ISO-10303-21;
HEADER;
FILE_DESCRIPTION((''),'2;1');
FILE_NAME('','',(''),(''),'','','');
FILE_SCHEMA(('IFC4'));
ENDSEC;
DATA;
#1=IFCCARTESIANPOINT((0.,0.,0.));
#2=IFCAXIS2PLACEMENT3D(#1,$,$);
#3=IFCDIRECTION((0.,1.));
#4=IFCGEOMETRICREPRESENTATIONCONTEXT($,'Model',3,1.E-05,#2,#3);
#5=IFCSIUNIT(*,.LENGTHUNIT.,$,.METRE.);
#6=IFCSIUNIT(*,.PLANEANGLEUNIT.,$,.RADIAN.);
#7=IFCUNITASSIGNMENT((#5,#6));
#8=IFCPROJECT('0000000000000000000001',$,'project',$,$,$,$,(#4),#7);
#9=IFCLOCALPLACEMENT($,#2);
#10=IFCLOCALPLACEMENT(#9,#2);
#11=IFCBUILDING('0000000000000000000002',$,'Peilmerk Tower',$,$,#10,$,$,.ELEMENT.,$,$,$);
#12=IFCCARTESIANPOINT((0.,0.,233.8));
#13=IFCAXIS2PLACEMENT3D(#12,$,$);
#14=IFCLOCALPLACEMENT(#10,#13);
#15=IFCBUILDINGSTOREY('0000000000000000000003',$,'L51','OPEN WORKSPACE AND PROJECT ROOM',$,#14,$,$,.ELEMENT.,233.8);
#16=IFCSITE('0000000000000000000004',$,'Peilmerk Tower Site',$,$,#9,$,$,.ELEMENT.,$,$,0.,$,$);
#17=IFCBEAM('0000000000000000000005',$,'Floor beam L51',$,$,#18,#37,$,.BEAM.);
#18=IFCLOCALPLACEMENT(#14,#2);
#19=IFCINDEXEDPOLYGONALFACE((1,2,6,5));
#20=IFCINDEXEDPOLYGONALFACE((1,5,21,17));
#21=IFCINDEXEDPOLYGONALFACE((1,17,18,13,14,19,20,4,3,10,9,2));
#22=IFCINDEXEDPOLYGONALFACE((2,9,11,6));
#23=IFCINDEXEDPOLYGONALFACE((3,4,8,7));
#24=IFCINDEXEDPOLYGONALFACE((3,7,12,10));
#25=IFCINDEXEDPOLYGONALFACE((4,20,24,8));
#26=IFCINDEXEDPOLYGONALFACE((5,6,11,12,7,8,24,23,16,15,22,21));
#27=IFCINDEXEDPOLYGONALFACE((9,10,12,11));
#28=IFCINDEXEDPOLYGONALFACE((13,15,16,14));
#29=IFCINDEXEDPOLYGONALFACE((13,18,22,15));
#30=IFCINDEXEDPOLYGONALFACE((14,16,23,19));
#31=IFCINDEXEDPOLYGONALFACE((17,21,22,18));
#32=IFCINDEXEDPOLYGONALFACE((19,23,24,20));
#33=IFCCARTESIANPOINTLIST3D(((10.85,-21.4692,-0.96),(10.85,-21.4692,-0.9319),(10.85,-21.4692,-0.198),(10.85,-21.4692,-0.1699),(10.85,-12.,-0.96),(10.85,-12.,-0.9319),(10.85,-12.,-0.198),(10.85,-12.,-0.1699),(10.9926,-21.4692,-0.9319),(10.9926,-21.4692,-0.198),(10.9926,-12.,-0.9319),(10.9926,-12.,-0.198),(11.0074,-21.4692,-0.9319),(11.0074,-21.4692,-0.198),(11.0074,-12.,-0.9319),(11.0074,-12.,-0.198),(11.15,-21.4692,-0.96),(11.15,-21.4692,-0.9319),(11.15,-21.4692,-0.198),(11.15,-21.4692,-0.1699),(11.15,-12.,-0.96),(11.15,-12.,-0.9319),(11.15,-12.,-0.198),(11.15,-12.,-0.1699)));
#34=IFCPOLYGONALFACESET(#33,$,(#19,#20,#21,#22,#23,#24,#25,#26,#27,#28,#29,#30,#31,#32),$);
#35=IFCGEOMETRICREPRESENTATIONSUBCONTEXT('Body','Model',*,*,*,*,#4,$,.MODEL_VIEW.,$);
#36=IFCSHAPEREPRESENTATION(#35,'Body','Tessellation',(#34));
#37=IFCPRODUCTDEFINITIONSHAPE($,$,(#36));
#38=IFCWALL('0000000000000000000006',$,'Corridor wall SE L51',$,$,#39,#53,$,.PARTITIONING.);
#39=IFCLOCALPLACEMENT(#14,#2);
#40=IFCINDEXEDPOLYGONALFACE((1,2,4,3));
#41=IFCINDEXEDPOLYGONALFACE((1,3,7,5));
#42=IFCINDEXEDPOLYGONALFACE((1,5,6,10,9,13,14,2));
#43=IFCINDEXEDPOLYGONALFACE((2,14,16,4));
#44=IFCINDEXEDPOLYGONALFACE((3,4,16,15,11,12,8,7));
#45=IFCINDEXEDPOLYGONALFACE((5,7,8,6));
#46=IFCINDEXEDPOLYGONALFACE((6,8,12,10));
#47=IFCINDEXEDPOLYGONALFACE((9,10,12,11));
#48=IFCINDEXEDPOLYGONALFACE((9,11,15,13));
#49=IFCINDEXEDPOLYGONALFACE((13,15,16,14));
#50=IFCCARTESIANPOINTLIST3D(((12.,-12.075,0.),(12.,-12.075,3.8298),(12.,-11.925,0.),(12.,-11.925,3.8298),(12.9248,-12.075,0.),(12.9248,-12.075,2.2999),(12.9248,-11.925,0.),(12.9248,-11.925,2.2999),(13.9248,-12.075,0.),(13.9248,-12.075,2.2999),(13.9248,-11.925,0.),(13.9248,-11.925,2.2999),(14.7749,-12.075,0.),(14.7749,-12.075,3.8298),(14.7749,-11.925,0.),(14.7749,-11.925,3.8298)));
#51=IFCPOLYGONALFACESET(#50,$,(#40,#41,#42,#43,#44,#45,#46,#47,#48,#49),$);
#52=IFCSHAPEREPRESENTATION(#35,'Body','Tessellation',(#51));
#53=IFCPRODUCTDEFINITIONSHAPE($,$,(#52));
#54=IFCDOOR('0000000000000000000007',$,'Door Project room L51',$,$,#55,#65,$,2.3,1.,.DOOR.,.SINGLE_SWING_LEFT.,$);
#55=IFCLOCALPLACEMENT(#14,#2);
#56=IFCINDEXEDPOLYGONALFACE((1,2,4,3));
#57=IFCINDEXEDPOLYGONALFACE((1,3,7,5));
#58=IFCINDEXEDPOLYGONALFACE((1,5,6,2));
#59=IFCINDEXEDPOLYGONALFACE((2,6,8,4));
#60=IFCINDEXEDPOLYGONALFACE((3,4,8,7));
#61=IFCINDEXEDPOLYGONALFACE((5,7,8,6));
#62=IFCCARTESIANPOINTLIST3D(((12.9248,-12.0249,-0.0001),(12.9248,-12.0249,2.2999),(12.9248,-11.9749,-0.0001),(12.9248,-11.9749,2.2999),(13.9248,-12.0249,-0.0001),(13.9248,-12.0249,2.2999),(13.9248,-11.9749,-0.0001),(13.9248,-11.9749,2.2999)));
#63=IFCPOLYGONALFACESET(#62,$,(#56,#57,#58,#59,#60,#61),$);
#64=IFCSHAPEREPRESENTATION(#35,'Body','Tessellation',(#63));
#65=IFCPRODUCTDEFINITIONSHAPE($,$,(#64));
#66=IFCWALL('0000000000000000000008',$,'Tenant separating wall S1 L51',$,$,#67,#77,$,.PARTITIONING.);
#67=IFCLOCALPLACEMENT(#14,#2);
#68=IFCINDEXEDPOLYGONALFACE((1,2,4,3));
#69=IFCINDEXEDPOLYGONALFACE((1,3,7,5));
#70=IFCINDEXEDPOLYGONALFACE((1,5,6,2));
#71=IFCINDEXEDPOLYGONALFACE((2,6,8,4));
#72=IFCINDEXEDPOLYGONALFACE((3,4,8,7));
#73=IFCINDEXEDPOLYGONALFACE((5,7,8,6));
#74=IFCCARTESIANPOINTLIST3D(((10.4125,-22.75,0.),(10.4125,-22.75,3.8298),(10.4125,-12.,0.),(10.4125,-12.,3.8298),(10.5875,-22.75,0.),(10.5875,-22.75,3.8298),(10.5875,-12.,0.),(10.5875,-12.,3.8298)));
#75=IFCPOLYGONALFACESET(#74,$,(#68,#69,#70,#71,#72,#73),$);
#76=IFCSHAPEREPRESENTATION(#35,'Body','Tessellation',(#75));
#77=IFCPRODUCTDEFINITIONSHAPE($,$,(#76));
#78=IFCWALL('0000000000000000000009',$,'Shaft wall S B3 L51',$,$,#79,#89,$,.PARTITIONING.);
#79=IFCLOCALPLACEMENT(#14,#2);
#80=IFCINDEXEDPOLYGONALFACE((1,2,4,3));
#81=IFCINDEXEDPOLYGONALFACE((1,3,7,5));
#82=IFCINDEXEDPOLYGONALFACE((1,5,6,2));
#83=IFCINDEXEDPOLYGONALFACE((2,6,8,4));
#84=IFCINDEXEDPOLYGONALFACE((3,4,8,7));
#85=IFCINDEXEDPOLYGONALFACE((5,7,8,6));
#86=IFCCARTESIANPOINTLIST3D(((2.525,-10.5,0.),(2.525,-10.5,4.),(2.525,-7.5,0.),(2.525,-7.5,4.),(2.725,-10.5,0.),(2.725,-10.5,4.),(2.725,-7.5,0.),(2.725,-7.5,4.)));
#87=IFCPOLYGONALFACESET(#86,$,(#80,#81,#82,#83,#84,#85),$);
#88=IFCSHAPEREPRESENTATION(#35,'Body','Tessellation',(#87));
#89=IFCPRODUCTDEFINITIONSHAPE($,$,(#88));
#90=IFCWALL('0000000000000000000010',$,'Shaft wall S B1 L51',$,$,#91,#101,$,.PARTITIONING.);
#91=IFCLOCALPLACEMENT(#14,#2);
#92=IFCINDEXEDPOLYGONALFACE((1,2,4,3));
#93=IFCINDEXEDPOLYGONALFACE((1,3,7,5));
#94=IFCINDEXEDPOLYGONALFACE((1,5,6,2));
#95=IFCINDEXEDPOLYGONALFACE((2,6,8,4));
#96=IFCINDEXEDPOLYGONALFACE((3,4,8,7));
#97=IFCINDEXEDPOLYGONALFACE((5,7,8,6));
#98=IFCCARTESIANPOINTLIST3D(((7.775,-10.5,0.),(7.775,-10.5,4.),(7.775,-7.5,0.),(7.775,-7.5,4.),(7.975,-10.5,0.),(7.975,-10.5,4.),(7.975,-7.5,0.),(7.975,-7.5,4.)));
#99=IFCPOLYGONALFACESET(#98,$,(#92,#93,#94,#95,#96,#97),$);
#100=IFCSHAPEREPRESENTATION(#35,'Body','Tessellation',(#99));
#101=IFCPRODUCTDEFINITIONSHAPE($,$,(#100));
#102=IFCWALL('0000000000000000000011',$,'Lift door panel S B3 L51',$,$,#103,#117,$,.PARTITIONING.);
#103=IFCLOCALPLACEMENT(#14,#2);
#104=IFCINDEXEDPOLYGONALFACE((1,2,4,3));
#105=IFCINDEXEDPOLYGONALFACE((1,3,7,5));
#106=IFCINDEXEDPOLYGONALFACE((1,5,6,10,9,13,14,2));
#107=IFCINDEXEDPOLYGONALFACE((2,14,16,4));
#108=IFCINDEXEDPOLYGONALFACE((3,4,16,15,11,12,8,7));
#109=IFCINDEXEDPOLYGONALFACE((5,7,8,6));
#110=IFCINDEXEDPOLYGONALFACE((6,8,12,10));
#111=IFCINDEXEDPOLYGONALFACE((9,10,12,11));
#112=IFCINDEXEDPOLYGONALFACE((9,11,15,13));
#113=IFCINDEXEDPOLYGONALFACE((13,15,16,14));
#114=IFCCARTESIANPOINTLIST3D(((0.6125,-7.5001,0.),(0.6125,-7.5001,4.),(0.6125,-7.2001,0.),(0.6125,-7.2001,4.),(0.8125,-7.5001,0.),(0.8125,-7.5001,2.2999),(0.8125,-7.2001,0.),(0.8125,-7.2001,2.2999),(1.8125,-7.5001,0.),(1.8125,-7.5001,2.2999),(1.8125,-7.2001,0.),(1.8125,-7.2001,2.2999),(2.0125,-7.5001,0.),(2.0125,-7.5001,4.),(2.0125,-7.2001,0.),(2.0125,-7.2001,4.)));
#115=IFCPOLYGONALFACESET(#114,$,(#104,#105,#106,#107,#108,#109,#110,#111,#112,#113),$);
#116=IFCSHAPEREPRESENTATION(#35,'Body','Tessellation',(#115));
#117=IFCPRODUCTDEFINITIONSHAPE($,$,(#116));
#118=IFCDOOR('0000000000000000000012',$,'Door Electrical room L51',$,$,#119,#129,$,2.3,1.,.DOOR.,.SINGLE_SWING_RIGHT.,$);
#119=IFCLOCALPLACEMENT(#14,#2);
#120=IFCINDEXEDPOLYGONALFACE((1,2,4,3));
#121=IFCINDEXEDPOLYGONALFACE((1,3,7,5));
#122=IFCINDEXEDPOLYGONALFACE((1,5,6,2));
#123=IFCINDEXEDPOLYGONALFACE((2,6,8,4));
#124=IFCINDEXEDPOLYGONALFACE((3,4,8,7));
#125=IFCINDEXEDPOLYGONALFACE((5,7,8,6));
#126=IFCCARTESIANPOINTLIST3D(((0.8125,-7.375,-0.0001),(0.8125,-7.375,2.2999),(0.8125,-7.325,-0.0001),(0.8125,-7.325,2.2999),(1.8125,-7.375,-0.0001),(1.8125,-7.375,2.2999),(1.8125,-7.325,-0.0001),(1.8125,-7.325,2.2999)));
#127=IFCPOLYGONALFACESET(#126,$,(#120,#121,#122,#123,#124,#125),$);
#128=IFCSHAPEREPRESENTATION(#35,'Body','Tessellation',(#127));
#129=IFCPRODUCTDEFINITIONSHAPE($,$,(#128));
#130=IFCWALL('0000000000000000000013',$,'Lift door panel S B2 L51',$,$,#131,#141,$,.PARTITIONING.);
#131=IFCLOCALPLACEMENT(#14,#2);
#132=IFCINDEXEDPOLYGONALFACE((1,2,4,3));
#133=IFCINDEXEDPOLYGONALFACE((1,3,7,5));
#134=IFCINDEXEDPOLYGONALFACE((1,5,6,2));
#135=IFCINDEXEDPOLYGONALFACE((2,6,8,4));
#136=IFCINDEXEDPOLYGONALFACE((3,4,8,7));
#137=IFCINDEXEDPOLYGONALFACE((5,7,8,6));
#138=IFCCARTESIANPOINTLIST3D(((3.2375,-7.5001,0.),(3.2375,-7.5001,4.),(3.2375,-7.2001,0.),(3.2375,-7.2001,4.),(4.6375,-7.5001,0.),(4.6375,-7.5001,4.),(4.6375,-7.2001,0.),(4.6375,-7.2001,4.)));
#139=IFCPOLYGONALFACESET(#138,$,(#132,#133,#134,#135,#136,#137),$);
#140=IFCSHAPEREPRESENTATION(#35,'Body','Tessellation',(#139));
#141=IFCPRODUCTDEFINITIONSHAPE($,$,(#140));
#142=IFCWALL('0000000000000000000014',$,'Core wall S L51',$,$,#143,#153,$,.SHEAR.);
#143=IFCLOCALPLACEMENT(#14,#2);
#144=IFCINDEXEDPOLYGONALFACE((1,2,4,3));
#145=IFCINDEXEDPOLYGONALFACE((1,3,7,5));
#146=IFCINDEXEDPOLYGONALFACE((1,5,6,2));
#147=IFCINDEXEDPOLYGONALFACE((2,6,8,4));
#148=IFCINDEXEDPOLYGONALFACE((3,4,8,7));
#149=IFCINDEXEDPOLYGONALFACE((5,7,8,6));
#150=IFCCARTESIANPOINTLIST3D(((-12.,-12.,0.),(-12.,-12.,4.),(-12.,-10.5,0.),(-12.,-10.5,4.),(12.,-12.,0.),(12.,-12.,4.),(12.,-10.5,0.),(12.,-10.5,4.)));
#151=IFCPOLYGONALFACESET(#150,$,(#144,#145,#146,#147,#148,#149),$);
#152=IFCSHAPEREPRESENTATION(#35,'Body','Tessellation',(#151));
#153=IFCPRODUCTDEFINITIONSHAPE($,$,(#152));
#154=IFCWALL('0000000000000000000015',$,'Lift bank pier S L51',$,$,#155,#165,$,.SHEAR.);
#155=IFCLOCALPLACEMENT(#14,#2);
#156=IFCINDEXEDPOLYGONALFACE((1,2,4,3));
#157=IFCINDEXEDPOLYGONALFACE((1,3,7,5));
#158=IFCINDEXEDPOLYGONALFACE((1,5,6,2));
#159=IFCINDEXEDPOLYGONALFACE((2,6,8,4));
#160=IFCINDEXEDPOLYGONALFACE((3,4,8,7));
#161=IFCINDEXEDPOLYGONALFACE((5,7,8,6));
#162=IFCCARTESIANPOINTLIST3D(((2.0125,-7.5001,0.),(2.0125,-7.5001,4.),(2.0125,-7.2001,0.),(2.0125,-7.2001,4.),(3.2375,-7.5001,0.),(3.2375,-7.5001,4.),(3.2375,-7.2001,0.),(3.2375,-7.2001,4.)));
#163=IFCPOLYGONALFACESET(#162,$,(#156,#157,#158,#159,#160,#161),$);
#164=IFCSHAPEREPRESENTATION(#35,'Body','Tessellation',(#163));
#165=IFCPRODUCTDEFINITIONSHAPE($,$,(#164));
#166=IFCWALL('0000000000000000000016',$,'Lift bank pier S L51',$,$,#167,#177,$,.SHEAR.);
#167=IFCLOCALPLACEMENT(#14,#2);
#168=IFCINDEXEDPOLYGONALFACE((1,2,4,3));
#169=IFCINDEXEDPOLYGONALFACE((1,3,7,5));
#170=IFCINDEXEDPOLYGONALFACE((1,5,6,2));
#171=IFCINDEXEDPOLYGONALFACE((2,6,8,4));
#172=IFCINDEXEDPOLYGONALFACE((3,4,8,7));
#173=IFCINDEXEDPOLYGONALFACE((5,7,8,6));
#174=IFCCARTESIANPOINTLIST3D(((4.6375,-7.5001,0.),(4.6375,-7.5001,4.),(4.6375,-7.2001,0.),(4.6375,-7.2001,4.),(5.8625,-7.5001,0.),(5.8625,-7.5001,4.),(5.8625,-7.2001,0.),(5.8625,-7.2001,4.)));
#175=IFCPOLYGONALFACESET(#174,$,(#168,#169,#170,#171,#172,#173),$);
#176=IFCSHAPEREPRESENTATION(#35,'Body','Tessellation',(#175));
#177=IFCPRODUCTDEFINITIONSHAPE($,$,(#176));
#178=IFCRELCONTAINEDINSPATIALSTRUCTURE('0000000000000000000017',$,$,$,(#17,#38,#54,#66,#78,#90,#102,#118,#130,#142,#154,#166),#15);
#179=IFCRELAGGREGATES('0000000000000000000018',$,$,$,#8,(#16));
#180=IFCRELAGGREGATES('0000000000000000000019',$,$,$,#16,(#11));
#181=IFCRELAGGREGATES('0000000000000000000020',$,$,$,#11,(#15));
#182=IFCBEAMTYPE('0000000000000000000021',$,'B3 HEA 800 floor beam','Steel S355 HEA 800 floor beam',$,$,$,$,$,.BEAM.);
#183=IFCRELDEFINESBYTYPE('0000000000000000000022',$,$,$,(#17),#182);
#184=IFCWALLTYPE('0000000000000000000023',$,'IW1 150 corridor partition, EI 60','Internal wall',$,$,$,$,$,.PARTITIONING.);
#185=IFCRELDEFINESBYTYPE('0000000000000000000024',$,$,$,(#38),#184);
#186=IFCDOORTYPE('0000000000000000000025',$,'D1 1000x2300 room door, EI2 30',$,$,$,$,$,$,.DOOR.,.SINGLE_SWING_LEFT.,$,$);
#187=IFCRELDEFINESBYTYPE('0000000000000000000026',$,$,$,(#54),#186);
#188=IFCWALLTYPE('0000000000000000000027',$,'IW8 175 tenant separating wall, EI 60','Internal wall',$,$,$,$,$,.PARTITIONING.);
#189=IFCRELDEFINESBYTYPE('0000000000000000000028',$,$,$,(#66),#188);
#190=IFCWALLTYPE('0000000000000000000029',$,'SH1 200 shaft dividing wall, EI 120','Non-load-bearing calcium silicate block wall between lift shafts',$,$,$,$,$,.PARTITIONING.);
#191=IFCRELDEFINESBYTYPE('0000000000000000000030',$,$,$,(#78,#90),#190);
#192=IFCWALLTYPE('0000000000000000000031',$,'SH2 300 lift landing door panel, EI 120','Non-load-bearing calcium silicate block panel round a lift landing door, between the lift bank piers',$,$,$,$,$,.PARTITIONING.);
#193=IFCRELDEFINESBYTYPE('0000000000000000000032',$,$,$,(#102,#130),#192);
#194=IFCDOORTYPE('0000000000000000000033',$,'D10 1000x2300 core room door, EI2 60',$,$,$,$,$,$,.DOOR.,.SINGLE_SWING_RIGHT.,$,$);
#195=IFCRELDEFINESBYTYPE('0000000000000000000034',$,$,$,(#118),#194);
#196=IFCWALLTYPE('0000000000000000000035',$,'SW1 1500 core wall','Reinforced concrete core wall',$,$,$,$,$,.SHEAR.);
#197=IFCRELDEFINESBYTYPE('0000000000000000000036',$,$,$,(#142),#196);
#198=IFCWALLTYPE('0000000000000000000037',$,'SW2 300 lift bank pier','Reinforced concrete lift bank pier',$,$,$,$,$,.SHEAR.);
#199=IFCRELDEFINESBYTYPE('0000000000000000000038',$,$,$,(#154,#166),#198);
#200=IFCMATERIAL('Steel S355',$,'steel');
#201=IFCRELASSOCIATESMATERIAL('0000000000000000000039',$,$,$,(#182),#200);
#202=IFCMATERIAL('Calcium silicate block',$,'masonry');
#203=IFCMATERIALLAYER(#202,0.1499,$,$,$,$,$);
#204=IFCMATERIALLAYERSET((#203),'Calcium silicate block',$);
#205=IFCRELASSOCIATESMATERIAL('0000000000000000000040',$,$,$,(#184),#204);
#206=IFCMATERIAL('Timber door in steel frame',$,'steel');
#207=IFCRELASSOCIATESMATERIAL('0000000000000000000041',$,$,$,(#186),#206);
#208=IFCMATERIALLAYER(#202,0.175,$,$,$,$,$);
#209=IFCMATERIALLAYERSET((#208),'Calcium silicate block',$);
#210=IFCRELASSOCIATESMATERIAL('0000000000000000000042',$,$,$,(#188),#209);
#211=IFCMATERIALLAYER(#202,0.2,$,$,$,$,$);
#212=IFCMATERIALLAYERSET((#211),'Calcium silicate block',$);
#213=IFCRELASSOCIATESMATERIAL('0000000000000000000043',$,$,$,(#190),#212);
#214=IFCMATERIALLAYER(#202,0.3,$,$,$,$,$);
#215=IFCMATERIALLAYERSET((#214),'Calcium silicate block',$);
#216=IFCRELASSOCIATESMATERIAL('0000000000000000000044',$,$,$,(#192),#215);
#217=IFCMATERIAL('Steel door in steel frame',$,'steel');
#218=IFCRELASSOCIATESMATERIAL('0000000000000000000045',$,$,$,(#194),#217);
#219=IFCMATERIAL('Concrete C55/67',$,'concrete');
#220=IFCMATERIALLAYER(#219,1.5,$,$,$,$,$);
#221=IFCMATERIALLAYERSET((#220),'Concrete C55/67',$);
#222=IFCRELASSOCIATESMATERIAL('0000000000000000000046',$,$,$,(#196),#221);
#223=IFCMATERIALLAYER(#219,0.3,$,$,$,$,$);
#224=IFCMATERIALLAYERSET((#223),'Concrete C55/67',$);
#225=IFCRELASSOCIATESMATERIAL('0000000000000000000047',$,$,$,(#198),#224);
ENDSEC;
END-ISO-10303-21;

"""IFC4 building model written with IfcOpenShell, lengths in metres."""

from ifc_helpers import new_model, si_unit, direction, frame, frame_2d, origin, origin_2d, place, context, subcontext, project, spatial, rectangle, i_section, extrude, material, layer, layer_set, material_profile, profile_set, type_object, element, fill, save


model = new_model("IFC4")

# Units and contexts
model_context = context("Model", 3, precision=1e-05, world=origin(), true_north=direction((0.0, 1.0)))
body_context = subcontext(model_context, "Body", "Model", "MODEL_VIEW")
ifc_project = project(units=[si_unit("LENGTHUNIT", "METRE"), si_unit("PLANEANGLEUNIT", "RADIAN")], contexts=[model_context])

# Site, building, storey
site_placement = place(None, origin())
site = spatial("IfcSite", under=ifc_project, at=site_placement, Name="Peilmerk Tower Site", CompositionType="ELEMENT", RefElevation=0.0)
building_placement = place(site_placement, origin())
building = spatial("IfcBuilding", under=site, at=building_placement, Name="Peilmerk Tower", CompositionType="ELEMENT")
storey_placement = place(building_placement, frame((0.0, 0.0, 233.8)))
storey = spatial("IfcBuildingStorey", under=building, at=storey_placement, Name="L51", Description="OPEN WORKSPACE AND PROJECT ROOM", CompositionType="ELEMENT", Elevation=233.8)

# Beam
ifc_material_1 = material(Name="Steel S355", Category="steel")
ifc_material_profile_1 = material_profile(ifc_material_1, i_section(OverallWidth=0.3, OverallDepth=0.79, WebThickness=0.0149, FlangeThickness=0.0281, at=origin_2d()), Name="HEA 800")
ifc_profile_set_1 = profile_set([ifc_material_profile_1], Name="Steel S355")
beam_type_1 = type_object("IfcBeamType", Name="B3 HEA 800 floor beam", Description="Steel S355 HEA 800 floor beam", PredefinedType="BEAM", material=ifc_profile_set_1)
for number, where, z_axis, x_axis, name in (
    (1, (11.0, -12.0, -0.5649), (0.0, -1.0, 0.0), (1.0, 0.0, 0.0), "Floor beam L51"),
):
    element("IfcBeam", number, at=place(storey_placement, frame(where, z_axis=z_axis, x_axis=x_axis)), inside=storey, type_object=beam_type_1, Name=name, PredefinedType="BEAM", context=body_context, shape_type="SweptSolid", body=[
        extrude(i_section(OverallWidth=0.3, OverallDepth=0.79, WebThickness=0.0149, FlangeThickness=0.0281, at=origin_2d()), origin(), (0.0, 0.0, 1.0), 9.4692),
    ])

# Wall, opening, door
ifc_material_2 = material(Name="Calcium silicate block", Category="masonry")
ifc_layer_1 = layer(ifc_material_2, 0.1499)
ifc_layer_set_1 = layer_set([ifc_layer_1], Name="Calcium silicate block")
wall_type_1 = type_object("IfcWallType", Name="IW1 150 corridor partition, EI 60", Description="Internal wall", PredefinedType="PARTITIONING", material=ifc_layer_set_1)
wall_1_placement = place(storey_placement, frame((14.7749, -12.0, 0.0), z_axis=(0.0, 0.0, 1.0), x_axis=(-1.0, 0.0, 0.0)))
wall_1 = element("IfcWall", 2, at=wall_1_placement, inside=storey, type_object=wall_type_1, Name="Corridor wall SE L51", PredefinedType="PARTITIONING", context=body_context, shape_type="SweptSolid", body=[
    extrude(rectangle(XDim=2.7749, YDim=0.1499, at=frame_2d((1.3875, 0.0))), origin(), (0.0, 0.0, 1.0), 3.8298),
])
opening_1_placement = place(wall_1_placement, frame((0.8501, 0.0, 0.0)))
opening_1 = element("IfcOpeningElement", 3, at=opening_1_placement, cuts=wall_1, PredefinedType="OPENING", context=body_context, shape_type="SweptSolid", body=[
    extrude(rectangle(XDim=1.0, YDim=2.3, at=frame_2d((0.5, 1.1499))), frame((0.0, 0.085, 0.0), z_axis=(0.0, -1.0, 0.0), x_axis=(1.0, 0.0, 0.0)), (0.0, 0.0, 1.0), 0.1699),
])
ifc_material_3 = material(Name="Timber door in steel frame", Category="steel")
door_type_1 = type_object("IfcDoorType", Name="D1 1000x2300 room door, EI2 30", OperationType="SINGLE_SWING_LEFT", PredefinedType="DOOR", material=ifc_material_3)
door_1_placement = place(opening_1_placement, origin())
door_1 = element("IfcDoor", 4, at=door_1_placement, inside=storey, type_object=door_type_1, Name="Door Project room L51", OperationType="SINGLE_SWING_LEFT", OverallHeight=2.3, OverallWidth=1.0, PredefinedType="DOOR", context=body_context, shape_type="SweptSolid", body=[
    extrude(rectangle(XDim=1.0, YDim=2.3, at=frame_2d((0.5, 1.1499))), frame((0.0, 0.0249, 0.0), z_axis=(0.0, -1.0, 0.0), x_axis=(1.0, 0.0, 0.0)), (0.0, 0.0, 1.0), 0.05),
])
fill(opening_1, door_1)

# Walls
ifc_layer_2 = layer(ifc_material_2, 0.175)
ifc_layer_set_2 = layer_set([ifc_layer_2], Name="Calcium silicate block")
wall_type_2 = type_object("IfcWallType", Name="IW8 175 tenant separating wall, EI 60", Description="Internal wall", PredefinedType="PARTITIONING", material=ifc_layer_set_2)
wall_2_placement = place(storey_placement, frame((10.5, -12.0, 0.0), z_axis=(0.0, 0.0, 1.0), x_axis=(0.0, -1.0, 0.0)))
element("IfcWall", 5, at=wall_2_placement, inside=storey, type_object=wall_type_2, Name="Tenant separating wall S1 L51", PredefinedType="PARTITIONING", context=body_context, shape_type="SweptSolid", body=[
    extrude(rectangle(XDim=10.75, YDim=0.175, at=frame_2d((5.375, 0.0))), origin(), (0.0, 0.0, 1.0), 3.8298),
])
ifc_layer_3 = layer(ifc_material_2, 0.2)
ifc_layer_set_3 = layer_set([ifc_layer_3], Name="Calcium silicate block")
wall_type_3 = type_object("IfcWallType", Name="SH1 200 shaft dividing wall, EI 120", Description="Non-load-bearing calcium silicate block wall between lift shafts", PredefinedType="PARTITIONING", material=ifc_layer_set_3)
for number, where, z_axis, x_axis, name in (
    (6, (2.625, -10.5, 0.0), (0.0, 0.0, 1.0), (0.0, 1.0, 0.0), "Shaft wall S B3 L51"),
    (7, (7.875, -10.5, 0.0), (0.0, 0.0, 1.0), (0.0, 1.0, 0.0), "Shaft wall S B1 L51"),
):
    element("IfcWall", number, at=place(storey_placement, frame(where, z_axis=z_axis, x_axis=x_axis)), inside=storey, type_object=wall_type_3, Name=name, PredefinedType="PARTITIONING", context=body_context, shape_type="SweptSolid", body=[
        extrude(rectangle(XDim=3.0, YDim=0.2, at=frame_2d((1.5, 0.0))), origin(), (0.0, 0.0, 1.0), 4.0),
    ])

# Wall, opening, door
ifc_layer_4 = layer(ifc_material_2, 0.3)
ifc_layer_set_4 = layer_set([ifc_layer_4], Name="Calcium silicate block")
wall_type_4 = type_object("IfcWallType", Name="SH2 300 lift landing door panel, EI 120", Description="Non-load-bearing calcium silicate block panel round a lift landing door, between the lift bank piers", PredefinedType="PARTITIONING", material=ifc_layer_set_4)
wall_3_placement = place(storey_placement, frame((0.6125, -7.3501, 0.0), z_axis=(0.0, 0.0, 1.0), x_axis=(1.0, 0.0, 0.0)))
wall_3 = element("IfcWall", 8, at=wall_3_placement, inside=storey, type_object=wall_type_4, Name="Lift door panel S B3 L51", PredefinedType="PARTITIONING", context=body_context, shape_type="SweptSolid", body=[
    extrude(rectangle(XDim=1.3999, YDim=0.3, at=frame_2d((0.7, 0.0))), origin(), (0.0, 0.0, 1.0), 4.0),
])
opening_2_placement = place(wall_3_placement, frame((0.2, 0.0, 0.0)))
opening_2 = element("IfcOpeningElement", 9, at=opening_2_placement, cuts=wall_3, PredefinedType="OPENING", context=body_context, shape_type="SweptSolid", body=[
    extrude(rectangle(XDim=1.0, YDim=2.3, at=frame_2d((0.5, 1.1499))), frame((0.0, 0.1599, 0.0), z_axis=(0.0, -1.0, 0.0), x_axis=(1.0, 0.0, 0.0)), (0.0, 0.0, 1.0), 0.3201),
])
ifc_material_4 = material(Name="Steel door in steel frame", Category="steel")
door_type_2 = type_object("IfcDoorType", Name="D10 1000x2300 core room door, EI2 60", OperationType="SINGLE_SWING_RIGHT", PredefinedType="DOOR", material=ifc_material_4)
door_2_placement = place(opening_2_placement, frame((1.0, 0.0, 0.0), z_axis=(0.0, 0.0, 1.0), x_axis=(-1.0, 0.0, 0.0)))
door_2 = element("IfcDoor", 10, at=door_2_placement, inside=storey, type_object=door_type_2, Name="Door Electrical room L51", OperationType="SINGLE_SWING_RIGHT", OverallHeight=2.3, OverallWidth=1.0, PredefinedType="DOOR", context=body_context, shape_type="SweptSolid", body=[
    extrude(rectangle(XDim=1.0, YDim=2.3, at=frame_2d((0.5, 1.1499))), frame((0.0, 0.0249, 0.0), z_axis=(0.0, -1.0, 0.0), x_axis=(1.0, 0.0, 0.0)), (0.0, 0.0, 1.0), 0.05),
])
fill(opening_2, door_2)

# Walls
wall_4_placement = place(storey_placement, frame((3.2375, -7.3501, 0.0), z_axis=(0.0, 0.0, 1.0), x_axis=(1.0, 0.0, 0.0)))
element("IfcWall", 11, at=wall_4_placement, inside=storey, type_object=wall_type_4, Name="Lift door panel S B2 L51", PredefinedType="PARTITIONING", context=body_context, shape_type="SweptSolid", body=[
    extrude(rectangle(XDim=1.3999, YDim=0.3, at=frame_2d((0.7, 0.0))), origin(), (0.0, 0.0, 1.0), 4.0),
])
ifc_material_5 = material(Name="Concrete C55/67", Category="concrete")
ifc_layer_5 = layer(ifc_material_5, 1.5)
ifc_layer_set_5 = layer_set([ifc_layer_5], Name="Concrete C55/67")
wall_type_5 = type_object("IfcWallType", Name="SW1 1500 core wall", Description="Reinforced concrete core wall", PredefinedType="SHEAR", material=ifc_layer_set_5)
wall_5_placement = place(storey_placement, frame((12.0, -11.25, 0.0), z_axis=(0.0, 0.0, 1.0), x_axis=(-1.0, 0.0, 0.0)))
element("IfcWall", 12, at=wall_5_placement, inside=storey, type_object=wall_type_5, Name="Core wall S L51", PredefinedType="SHEAR", context=body_context, shape_type="SweptSolid", body=[
    extrude(rectangle(XDim=24.0, YDim=1.5, at=frame_2d((12.0, 0.0))), origin(), (0.0, 0.0, 1.0), 4.0),
])
ifc_layer_6 = layer(ifc_material_5, 0.3)
ifc_layer_set_6 = layer_set([ifc_layer_6], Name="Concrete C55/67")
wall_type_6 = type_object("IfcWallType", Name="SW2 300 lift bank pier", Description="Reinforced concrete lift bank pier", PredefinedType="SHEAR", material=ifc_layer_set_6)
for number, where, z_axis, x_axis, name in (
    (13, (2.0125, -7.3501, 0.0), (0.0, 0.0, 1.0), (1.0, 0.0, 0.0), "Lift bank pier S L51"),
    (14, (4.6375, -7.3501, 0.0), (0.0, 0.0, 1.0), (1.0, 0.0, 0.0), "Lift bank pier S L51"),
):
    element("IfcWall", number, at=place(storey_placement, frame(where, z_axis=z_axis, x_axis=x_axis)), inside=storey, type_object=wall_type_6, Name=name, PredefinedType="SHEAR", context=body_context, shape_type="SweptSolid", body=[
        extrude(rectangle(XDim=1.2251, YDim=0.3, at=frame_2d((0.6125, 0.0))), origin(), (0.0, 0.0, 1.0), 4.0),
    ])

save(model, "model.ifc")
